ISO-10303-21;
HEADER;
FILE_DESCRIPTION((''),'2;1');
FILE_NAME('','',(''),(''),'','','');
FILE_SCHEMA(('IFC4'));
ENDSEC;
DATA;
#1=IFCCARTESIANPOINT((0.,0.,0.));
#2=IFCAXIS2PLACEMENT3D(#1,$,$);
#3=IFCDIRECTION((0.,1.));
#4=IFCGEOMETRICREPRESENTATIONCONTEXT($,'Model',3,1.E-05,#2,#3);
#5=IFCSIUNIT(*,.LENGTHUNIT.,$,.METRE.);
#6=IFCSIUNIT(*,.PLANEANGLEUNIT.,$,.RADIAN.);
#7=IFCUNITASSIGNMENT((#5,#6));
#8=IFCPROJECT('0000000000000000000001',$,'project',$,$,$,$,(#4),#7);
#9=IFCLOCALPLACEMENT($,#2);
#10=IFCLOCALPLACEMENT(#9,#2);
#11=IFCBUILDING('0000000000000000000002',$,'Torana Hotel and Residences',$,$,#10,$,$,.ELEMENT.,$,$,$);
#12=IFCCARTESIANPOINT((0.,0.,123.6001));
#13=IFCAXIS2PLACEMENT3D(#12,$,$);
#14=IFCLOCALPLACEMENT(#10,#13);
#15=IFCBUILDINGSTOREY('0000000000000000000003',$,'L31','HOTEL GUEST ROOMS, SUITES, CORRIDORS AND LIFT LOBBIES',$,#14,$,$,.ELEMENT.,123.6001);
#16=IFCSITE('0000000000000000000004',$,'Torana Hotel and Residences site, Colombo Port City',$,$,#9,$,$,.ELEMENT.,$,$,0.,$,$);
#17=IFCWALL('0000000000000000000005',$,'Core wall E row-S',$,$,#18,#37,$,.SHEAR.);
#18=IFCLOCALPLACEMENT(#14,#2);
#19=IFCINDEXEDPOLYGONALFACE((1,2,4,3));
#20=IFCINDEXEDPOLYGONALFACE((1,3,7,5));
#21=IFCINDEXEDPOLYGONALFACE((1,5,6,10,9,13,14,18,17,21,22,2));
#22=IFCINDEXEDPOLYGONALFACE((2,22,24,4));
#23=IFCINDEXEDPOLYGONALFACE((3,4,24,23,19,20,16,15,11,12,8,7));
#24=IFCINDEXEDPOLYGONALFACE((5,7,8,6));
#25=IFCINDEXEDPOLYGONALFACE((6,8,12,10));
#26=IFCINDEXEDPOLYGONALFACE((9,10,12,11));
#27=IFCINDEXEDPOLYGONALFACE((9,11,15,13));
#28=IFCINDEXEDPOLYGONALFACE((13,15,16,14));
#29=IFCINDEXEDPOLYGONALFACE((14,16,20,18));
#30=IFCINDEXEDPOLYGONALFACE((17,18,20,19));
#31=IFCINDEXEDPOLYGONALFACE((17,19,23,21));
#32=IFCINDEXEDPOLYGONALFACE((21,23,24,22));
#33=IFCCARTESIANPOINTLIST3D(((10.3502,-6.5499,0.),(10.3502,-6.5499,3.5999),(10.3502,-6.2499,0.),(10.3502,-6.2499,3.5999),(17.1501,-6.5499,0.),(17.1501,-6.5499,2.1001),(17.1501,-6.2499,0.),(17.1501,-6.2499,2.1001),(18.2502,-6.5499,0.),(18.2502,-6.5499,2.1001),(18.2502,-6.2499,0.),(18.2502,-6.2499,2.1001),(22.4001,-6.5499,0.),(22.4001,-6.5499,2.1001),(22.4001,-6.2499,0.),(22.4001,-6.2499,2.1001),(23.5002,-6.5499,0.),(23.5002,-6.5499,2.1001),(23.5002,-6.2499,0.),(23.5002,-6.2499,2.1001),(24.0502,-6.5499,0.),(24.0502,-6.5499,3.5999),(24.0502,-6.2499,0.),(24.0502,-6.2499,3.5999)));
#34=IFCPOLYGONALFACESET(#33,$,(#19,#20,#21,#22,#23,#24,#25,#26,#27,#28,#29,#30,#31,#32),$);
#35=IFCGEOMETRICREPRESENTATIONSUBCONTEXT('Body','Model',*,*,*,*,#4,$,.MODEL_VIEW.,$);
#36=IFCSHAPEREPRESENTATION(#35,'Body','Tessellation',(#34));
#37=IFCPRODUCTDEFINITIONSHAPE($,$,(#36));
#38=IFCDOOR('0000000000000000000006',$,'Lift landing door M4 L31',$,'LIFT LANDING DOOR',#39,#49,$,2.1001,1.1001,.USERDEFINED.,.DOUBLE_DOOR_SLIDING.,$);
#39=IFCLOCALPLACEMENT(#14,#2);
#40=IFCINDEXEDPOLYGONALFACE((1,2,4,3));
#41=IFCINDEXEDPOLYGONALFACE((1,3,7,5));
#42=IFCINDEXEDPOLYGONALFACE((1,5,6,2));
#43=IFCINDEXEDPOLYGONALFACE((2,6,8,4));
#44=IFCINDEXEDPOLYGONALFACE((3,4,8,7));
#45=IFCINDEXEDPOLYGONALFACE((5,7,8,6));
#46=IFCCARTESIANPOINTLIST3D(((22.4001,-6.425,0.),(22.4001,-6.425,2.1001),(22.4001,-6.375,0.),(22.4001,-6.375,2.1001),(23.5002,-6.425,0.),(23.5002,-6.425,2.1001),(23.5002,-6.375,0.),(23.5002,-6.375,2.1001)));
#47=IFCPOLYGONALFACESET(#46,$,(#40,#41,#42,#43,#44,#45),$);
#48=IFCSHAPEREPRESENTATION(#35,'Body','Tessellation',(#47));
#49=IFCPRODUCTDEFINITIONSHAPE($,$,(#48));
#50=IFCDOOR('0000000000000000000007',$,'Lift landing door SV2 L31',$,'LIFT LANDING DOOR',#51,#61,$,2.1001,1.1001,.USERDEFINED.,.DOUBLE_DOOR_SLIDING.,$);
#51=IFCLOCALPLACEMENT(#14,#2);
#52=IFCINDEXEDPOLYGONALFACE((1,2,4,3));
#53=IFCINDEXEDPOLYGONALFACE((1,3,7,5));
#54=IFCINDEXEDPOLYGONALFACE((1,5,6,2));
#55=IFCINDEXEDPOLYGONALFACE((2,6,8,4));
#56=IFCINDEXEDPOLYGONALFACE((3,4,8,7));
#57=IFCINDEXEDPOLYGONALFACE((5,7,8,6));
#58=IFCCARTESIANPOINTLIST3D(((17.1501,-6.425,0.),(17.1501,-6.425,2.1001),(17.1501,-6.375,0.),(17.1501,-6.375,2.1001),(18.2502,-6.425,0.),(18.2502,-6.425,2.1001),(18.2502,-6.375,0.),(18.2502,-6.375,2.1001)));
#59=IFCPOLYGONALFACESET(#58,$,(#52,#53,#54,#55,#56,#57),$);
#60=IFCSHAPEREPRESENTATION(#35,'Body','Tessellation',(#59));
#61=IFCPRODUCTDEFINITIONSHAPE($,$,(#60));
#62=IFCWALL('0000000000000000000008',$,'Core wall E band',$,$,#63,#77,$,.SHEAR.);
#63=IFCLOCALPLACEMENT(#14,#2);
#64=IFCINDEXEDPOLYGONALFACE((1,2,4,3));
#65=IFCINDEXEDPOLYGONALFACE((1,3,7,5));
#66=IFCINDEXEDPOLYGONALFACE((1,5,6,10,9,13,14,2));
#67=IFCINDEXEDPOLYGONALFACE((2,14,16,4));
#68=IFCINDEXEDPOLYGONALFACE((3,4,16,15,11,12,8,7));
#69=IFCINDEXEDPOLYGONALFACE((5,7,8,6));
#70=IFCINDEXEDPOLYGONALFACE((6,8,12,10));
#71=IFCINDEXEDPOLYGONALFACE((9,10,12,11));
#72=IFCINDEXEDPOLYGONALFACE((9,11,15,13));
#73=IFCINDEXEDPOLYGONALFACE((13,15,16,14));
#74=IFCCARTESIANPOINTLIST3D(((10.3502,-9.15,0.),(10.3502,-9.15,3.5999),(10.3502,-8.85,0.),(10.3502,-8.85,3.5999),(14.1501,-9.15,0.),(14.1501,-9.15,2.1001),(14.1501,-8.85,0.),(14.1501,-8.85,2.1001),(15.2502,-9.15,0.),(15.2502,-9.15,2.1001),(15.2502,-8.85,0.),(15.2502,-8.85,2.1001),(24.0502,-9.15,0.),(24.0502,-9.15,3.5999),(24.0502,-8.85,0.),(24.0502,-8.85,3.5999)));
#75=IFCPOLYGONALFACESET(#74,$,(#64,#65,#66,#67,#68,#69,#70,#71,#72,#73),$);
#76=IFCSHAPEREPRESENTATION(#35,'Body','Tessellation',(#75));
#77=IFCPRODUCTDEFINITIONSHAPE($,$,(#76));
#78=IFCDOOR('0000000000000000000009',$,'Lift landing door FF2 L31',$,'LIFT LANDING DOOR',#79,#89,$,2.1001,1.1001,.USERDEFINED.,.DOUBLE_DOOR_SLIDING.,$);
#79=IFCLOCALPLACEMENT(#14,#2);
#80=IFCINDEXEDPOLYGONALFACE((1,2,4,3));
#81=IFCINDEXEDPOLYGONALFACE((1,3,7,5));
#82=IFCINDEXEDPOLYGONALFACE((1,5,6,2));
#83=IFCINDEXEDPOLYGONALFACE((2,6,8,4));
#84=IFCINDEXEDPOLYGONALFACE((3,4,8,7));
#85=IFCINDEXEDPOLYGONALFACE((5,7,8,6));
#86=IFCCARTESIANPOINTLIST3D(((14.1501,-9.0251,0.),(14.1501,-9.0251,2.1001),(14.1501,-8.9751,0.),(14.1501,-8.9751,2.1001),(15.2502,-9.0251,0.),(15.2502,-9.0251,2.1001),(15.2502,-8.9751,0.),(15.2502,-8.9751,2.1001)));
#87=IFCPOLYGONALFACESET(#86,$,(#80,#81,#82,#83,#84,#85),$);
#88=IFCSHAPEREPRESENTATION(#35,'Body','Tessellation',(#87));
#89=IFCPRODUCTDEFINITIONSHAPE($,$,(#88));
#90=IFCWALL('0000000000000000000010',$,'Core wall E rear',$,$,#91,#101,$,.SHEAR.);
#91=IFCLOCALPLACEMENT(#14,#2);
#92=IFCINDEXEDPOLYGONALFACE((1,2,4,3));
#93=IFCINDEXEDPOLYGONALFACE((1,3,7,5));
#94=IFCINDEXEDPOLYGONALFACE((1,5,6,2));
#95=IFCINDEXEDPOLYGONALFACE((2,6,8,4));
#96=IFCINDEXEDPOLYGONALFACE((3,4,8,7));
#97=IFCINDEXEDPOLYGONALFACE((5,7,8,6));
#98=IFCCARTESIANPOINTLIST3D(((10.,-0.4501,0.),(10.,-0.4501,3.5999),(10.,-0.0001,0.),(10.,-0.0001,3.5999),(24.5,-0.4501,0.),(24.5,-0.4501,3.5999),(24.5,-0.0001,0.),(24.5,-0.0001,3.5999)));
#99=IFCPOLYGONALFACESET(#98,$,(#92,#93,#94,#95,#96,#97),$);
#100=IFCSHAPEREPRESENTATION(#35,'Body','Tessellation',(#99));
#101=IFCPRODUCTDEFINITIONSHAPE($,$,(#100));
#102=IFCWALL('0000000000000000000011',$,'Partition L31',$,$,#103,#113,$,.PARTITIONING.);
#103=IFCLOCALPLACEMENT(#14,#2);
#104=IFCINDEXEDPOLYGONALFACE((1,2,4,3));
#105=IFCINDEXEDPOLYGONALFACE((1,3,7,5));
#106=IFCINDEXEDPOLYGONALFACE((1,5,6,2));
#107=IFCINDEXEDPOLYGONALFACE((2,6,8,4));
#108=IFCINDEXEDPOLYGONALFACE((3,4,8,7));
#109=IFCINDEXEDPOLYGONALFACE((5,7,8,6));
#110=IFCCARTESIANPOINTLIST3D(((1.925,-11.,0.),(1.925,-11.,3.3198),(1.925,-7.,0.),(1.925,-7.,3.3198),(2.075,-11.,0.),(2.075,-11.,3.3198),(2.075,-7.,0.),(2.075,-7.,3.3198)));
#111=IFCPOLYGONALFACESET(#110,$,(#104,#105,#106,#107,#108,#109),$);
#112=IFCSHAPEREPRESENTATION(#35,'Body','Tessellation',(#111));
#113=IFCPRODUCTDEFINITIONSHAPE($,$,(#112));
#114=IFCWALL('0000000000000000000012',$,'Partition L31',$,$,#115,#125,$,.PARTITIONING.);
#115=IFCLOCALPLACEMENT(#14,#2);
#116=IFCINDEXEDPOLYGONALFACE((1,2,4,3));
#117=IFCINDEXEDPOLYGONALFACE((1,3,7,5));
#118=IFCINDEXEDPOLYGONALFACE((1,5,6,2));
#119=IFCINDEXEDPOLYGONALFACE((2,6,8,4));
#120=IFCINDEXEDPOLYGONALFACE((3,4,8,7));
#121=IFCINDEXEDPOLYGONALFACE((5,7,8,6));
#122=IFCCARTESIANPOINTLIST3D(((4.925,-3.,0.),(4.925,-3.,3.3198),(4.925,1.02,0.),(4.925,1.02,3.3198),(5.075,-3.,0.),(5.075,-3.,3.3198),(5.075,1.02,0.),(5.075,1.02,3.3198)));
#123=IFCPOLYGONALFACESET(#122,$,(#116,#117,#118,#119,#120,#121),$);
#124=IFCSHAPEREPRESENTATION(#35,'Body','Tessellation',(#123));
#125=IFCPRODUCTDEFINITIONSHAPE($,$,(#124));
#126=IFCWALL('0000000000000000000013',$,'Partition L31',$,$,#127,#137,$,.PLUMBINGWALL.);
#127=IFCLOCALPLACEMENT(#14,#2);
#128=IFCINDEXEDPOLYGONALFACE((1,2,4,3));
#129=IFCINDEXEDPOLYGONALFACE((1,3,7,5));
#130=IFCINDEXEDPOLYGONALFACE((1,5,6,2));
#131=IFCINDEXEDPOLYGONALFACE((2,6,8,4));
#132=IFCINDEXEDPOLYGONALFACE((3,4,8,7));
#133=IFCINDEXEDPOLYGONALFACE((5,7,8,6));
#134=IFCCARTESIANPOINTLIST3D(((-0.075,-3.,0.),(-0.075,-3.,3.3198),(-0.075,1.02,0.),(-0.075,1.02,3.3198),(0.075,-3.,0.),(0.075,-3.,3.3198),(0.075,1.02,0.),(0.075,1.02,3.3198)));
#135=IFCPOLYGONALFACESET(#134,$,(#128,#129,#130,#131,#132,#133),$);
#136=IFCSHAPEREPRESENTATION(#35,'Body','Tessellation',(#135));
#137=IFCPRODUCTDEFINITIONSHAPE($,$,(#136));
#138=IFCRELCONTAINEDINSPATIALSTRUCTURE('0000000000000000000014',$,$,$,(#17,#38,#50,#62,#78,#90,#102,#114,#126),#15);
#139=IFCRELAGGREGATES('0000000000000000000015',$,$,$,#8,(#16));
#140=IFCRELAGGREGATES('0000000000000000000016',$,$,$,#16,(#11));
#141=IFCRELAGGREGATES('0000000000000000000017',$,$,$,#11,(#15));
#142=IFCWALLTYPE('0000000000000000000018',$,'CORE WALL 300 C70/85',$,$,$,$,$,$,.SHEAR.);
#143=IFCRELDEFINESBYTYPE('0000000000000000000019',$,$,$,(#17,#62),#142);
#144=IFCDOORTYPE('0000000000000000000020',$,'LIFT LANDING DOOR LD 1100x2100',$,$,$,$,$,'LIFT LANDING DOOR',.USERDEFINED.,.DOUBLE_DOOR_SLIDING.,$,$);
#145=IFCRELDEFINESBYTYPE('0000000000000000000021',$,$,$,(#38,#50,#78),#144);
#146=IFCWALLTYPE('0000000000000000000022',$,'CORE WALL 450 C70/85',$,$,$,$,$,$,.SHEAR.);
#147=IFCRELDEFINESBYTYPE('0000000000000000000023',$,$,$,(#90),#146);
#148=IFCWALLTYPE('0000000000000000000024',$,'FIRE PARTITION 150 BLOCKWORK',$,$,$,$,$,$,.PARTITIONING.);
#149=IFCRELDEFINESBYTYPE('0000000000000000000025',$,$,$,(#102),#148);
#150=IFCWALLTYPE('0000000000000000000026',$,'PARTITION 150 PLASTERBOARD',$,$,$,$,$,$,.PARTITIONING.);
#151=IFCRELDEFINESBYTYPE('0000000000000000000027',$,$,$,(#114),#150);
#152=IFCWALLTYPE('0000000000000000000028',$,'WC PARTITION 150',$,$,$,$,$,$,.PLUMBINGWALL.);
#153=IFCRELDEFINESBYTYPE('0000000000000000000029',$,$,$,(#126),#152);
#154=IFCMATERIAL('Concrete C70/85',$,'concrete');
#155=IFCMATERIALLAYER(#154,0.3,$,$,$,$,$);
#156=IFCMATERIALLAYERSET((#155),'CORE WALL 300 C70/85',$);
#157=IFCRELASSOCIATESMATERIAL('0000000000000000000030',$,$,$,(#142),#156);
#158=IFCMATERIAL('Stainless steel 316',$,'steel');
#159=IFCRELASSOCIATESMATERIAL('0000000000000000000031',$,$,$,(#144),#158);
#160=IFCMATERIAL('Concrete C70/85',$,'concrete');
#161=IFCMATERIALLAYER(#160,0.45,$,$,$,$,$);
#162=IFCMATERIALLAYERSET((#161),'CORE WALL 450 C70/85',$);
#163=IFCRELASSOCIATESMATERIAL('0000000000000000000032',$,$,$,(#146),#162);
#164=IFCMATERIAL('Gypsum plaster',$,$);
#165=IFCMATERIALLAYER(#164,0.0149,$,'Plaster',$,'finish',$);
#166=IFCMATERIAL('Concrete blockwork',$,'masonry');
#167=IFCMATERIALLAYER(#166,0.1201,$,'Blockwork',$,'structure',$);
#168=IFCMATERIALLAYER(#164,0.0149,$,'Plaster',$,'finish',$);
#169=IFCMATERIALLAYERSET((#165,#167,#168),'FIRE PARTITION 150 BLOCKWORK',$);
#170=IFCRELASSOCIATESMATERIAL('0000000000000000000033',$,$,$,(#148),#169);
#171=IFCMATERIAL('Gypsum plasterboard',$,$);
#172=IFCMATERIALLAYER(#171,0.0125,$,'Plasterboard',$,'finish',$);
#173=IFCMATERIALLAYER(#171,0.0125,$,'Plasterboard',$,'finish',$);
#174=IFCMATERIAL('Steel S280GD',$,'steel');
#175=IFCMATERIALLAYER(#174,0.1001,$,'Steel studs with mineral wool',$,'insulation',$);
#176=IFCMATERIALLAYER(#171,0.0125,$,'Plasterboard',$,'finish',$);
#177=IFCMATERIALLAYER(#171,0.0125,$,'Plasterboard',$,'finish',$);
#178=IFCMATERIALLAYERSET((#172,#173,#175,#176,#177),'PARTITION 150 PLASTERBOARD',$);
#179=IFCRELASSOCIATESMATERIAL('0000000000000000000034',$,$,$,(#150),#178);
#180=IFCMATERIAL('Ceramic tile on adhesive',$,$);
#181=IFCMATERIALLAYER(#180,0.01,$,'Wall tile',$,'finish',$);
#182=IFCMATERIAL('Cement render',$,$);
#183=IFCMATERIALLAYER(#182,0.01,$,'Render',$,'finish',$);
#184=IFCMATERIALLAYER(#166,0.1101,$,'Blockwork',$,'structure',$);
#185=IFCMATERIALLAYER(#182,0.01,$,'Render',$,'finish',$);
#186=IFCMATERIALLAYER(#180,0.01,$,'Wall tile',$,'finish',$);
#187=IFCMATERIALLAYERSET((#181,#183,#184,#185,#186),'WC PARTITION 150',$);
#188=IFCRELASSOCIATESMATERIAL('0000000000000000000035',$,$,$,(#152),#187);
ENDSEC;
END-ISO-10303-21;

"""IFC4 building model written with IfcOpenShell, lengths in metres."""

from ifc_helpers import new_model, si_unit, direction, frame, frame_2d, origin, place, context, subcontext, project, spatial, rectangle, extrude, material, layer, layer_set, type_object, element, fill, save


model = new_model("IFC4")

# Units and contexts
model_context = context("Model", 3, precision=1e-05, world=origin(), true_north=direction((0.0, 1.0)))
body_context = subcontext(model_context, "Body", "Model", "MODEL_VIEW")
ifc_project = project(units=[si_unit("LENGTHUNIT", "METRE"), si_unit("PLANEANGLEUNIT", "RADIAN")], contexts=[model_context])

# Site, building, storey
site_placement = place(None, origin())
site = spatial("IfcSite", under=ifc_project, at=site_placement, Name="Torana Hotel and Residences site, Colombo Port City", CompositionType="ELEMENT", RefElevation=0.0)
building_placement = place(site_placement, origin())
building = spatial("IfcBuilding", under=site, at=building_placement, Name="Torana Hotel and Residences", CompositionType="ELEMENT")
storey_placement = place(building_placement, frame((0.0, 0.0, 123.6001)))
storey = spatial("IfcBuildingStorey", under=building, at=storey_placement, Name="L31", Description="HOTEL GUEST ROOMS, SUITES, CORRIDORS AND LIFT LOBBIES", CompositionType="ELEMENT", Elevation=123.6001)

# Wall, openings, doors
ifc_material_1 = material(Name="Concrete C70/85", Category="concrete")
ifc_layer_1 = layer(ifc_material_1, 0.3)
ifc_layer_set_1 = layer_set([ifc_layer_1], Name="CORE WALL 300 C70/85")
wall_type_1 = type_object("IfcWallType", Name="CORE WALL 300 C70/85", PredefinedType="SHEAR", material=ifc_layer_set_1)
ifc_material_2 = material(Name="Stainless steel 316", Category="steel")
door_type_1 = type_object("IfcDoorType", Name="LIFT LANDING DOOR LD 1100x2100", ElementType="LIFT LANDING DOOR", OperationType="DOUBLE_DOOR_SLIDING", PredefinedType="USERDEFINED", material=ifc_material_2)
wall_1_placement = place(storey_placement, frame((10.3501, -6.3999, 0.0), z_axis=(0.0, 0.0, 1.0), x_axis=(1.0, 0.0, 0.0)))
wall_1 = element("IfcWall", 1, at=wall_1_placement, inside=storey, type_object=wall_type_1, Name="Core wall E row-S", PredefinedType="SHEAR", context=body_context, shape_type="SweptSolid", body=[
    extrude(rectangle(XDim=13.7, YDim=0.3, at=frame_2d((6.8501, 0.0))), origin(), (0.0, 0.0, 1.0), 3.5999),
])
opening_1_placement = place(wall_1_placement, frame((12.05, 0.0, 0.0)))
opening_1 = element("IfcOpeningElement", 2, at=opening_1_placement, cuts=wall_1, PredefinedType="OPENING", context=body_context, shape_type="SweptSolid", body=[
    extrude(rectangle(XDim=1.1001, YDim=2.1001, at=frame_2d((0.55, 1.05))), frame((0.0, 0.1599, 0.0), z_axis=(0.0, -1.0, 0.0), x_axis=(1.0, 0.0, 0.0)), (0.0, 0.0, 1.0), 0.3201),
])
opening_2_placement = place(wall_1_placement, frame((6.8, 0.0, 0.0)))
opening_2 = element("IfcOpeningElement", 3, at=opening_2_placement, cuts=wall_1, PredefinedType="OPENING", context=body_context, shape_type="SweptSolid", body=[
    extrude(rectangle(XDim=1.1001, YDim=2.1001, at=frame_2d((0.55, 1.05))), frame((0.0, 0.1599, 0.0), z_axis=(0.0, -1.0, 0.0), x_axis=(1.0, 0.0, 0.0)), (0.0, 0.0, 1.0), 0.3201),
])
door_1_placement = place(opening_1_placement, origin())
door_1 = element("IfcDoor", 4, at=door_1_placement, inside=storey, type_object=door_type_1, Name="Lift landing door M4 L31", ObjectType="LIFT LANDING DOOR", OperationType="DOUBLE_DOOR_SLIDING", OverallHeight=2.1001, OverallWidth=1.1001, PredefinedType="USERDEFINED", context=body_context, shape_type="SweptSolid", body=[
    extrude(rectangle(XDim=1.1001, YDim=2.1001, at=frame_2d((0.55, 1.05))), frame((0.0, 0.0249, 0.0), z_axis=(0.0, -1.0, 0.0), x_axis=(1.0, 0.0, 0.0)), (0.0, 0.0, 1.0), 0.05),
])
fill(opening_1, door_1)
door_2_placement = place(opening_2_placement, origin())
door_2 = element("IfcDoor", 5, at=door_2_placement, inside=storey, type_object=door_type_1, Name="Lift landing door SV2 L31", ObjectType="LIFT LANDING DOOR", OperationType="DOUBLE_DOOR_SLIDING", OverallHeight=2.1001, OverallWidth=1.1001, PredefinedType="USERDEFINED", context=body_context, shape_type="SweptSolid", body=[
    extrude(rectangle(XDim=1.1001, YDim=2.1001, at=frame_2d((0.55, 1.05))), frame((0.0, 0.0249, 0.0), z_axis=(0.0, -1.0, 0.0), x_axis=(1.0, 0.0, 0.0)), (0.0, 0.0, 1.0), 0.05),
])
fill(opening_2, door_2)

# Wall, opening, door
wall_2_placement = place(storey_placement, frame((10.3501, -9.0, 0.0), z_axis=(0.0, 0.0, 1.0), x_axis=(1.0, 0.0, 0.0)))
wall_2 = element("IfcWall", 6, at=wall_2_placement, inside=storey, type_object=wall_type_1, Name="Core wall E band", PredefinedType="SHEAR", context=body_context, shape_type="SweptSolid", body=[
    extrude(rectangle(XDim=13.7, YDim=0.3, at=frame_2d((6.8501, 0.0))), origin(), (0.0, 0.0, 1.0), 3.5999),
])
opening_3_placement = place(wall_2_placement, frame((3.8, 0.0, 0.0)))
opening_3 = element("IfcOpeningElement", 7, at=opening_3_placement, cuts=wall_2, PredefinedType="OPENING", context=body_context, shape_type="SweptSolid", body=[
    extrude(rectangle(XDim=1.1001, YDim=2.1001, at=frame_2d((0.55, 1.05))), frame((0.0, 0.1599, 0.0), z_axis=(0.0, -1.0, 0.0), x_axis=(1.0, 0.0, 0.0)), (0.0, 0.0, 1.0), 0.3201),
])
door_3_placement = place(opening_3_placement, origin())
door_3 = element("IfcDoor", 8, at=door_3_placement, inside=storey, type_object=door_type_1, Name="Lift landing door FF2 L31", ObjectType="LIFT LANDING DOOR", OperationType="DOUBLE_DOOR_SLIDING", OverallHeight=2.1001, OverallWidth=1.1001, PredefinedType="USERDEFINED", context=body_context, shape_type="SweptSolid", body=[
    extrude(rectangle(XDim=1.1001, YDim=2.1001, at=frame_2d((0.55, 1.05))), frame((0.0, 0.0249, 0.0), z_axis=(0.0, -1.0, 0.0), x_axis=(1.0, 0.0, 0.0)), (0.0, 0.0, 1.0), 0.05),
])
fill(opening_3, door_3)

# Walls
ifc_material_3 = material(Name="Concrete C70/85", Category="concrete")
ifc_layer_2 = layer(ifc_material_3, 0.45)
ifc_layer_set_2 = layer_set([ifc_layer_2], Name="CORE WALL 450 C70/85")
wall_type_2 = type_object("IfcWallType", Name="CORE WALL 450 C70/85", PredefinedType="SHEAR", material=ifc_layer_set_2)
wall_3_placement = place(storey_placement, frame((10.0, -0.2251, 0.0), z_axis=(0.0, 0.0, 1.0), x_axis=(1.0, 0.0, 0.0)))
element("IfcWall", 9, at=wall_3_placement, inside=storey, type_object=wall_type_2, Name="Core wall E rear", PredefinedType="SHEAR", context=body_context, shape_type="SweptSolid", body=[
    extrude(rectangle(XDim=14.5, YDim=0.45, at=frame_2d((7.25, 0.0))), origin(), (0.0, 0.0, 1.0), 3.5999),
])
ifc_material_4 = material(Name="Gypsum plaster")
ifc_layer_3 = layer(ifc_material_4, 0.0149, Name="Plaster", Category="finish")
ifc_material_5 = material(Name="Concrete blockwork", Category="masonry")
ifc_layer_4 = layer(ifc_material_5, 0.1201, Name="Blockwork", Category="structure")
ifc_layer_5 = layer(ifc_material_4, 0.0149, Name="Plaster", Category="finish")
ifc_layer_set_3 = layer_set([ifc_layer_3, ifc_layer_4, ifc_layer_5], Name="FIRE PARTITION 150 BLOCKWORK")
wall_type_3 = type_object("IfcWallType", Name="FIRE PARTITION 150 BLOCKWORK", PredefinedType="PARTITIONING", material=ifc_layer_set_3)
wall_4_placement = place(storey_placement, frame((2.0, -11.0, 0.0), z_axis=(0.0, 0.0, 1.0), x_axis=(0.0, 1.0, 0.0)))
element("IfcWall", 10, at=wall_4_placement, inside=storey, type_object=wall_type_3, Name="Partition L31", PredefinedType="PARTITIONING", context=body_context, shape_type="SweptSolid", body=[
    extrude(rectangle(XDim=4.0, YDim=0.1499, at=frame_2d((2.0, 0.0))), origin(), (0.0, 0.0, 1.0), 3.3198),
])
ifc_material_6 = material(Name="Gypsum plasterboard")
ifc_layer_6 = layer(ifc_material_6, 0.0125, Name="Plasterboard", Category="finish")
ifc_layer_7 = layer(ifc_material_6, 0.0125, Name="Plasterboard", Category="finish")
ifc_material_7 = material(Name="Steel S280GD", Category="steel")
ifc_layer_8 = layer(ifc_material_7, 0.1001, Name="Steel studs with mineral wool", Category="insulation")
ifc_layer_9 = layer(ifc_material_6, 0.0125, Name="Plasterboard", Category="finish")
ifc_layer_10 = layer(ifc_material_6, 0.0125, Name="Plasterboard", Category="finish")
ifc_layer_set_4 = layer_set([ifc_layer_6, ifc_layer_7, ifc_layer_8, ifc_layer_9, ifc_layer_10], Name="PARTITION 150 PLASTERBOARD")
wall_type_4 = type_object("IfcWallType", Name="PARTITION 150 PLASTERBOARD", PredefinedType="PARTITIONING", material=ifc_layer_set_4)
wall_5_placement = place(storey_placement, frame((5.0, -3.0, 0.0), z_axis=(0.0, 0.0, 1.0), x_axis=(0.0, 1.0, 0.0)))
element("IfcWall", 11, at=wall_5_placement, inside=storey, type_object=wall_type_4, Name="Partition L31", PredefinedType="PARTITIONING", context=body_context, shape_type="SweptSolid", body=[
    extrude(rectangle(XDim=4.02, YDim=0.1499, at=frame_2d((2.01, 0.0))), origin(), (0.0, 0.0, 1.0), 3.3198),
])
ifc_material_8 = material(Name="Ceramic tile on adhesive")
ifc_layer_11 = layer(ifc_material_8, 0.01, Name="Wall tile", Category="finish")
ifc_material_9 = material(Name="Cement render")
ifc_layer_12 = layer(ifc_material_9, 0.01, Name="Render", Category="finish")
ifc_layer_13 = layer(ifc_material_5, 0.1101, Name="Blockwork", Category="structure")
ifc_layer_14 = layer(ifc_material_9, 0.01, Name="Render", Category="finish")
ifc_layer_15 = layer(ifc_material_8, 0.01, Name="Wall tile", Category="finish")
ifc_layer_set_5 = layer_set([ifc_layer_11, ifc_layer_12, ifc_layer_13, ifc_layer_14, ifc_layer_15], Name="WC PARTITION 150")
wall_type_5 = type_object("IfcWallType", Name="WC PARTITION 150", PredefinedType="PLUMBINGWALL", material=ifc_layer_set_5)
wall_6_placement = place(storey_placement, frame((0.0, -3.0, 0.0), z_axis=(0.0, 0.0, 1.0), x_axis=(0.0, 1.0, 0.0)))
element("IfcWall", 12, at=wall_6_placement, inside=storey, type_object=wall_type_5, Name="Partition L31", PredefinedType="PLUMBINGWALL", context=body_context, shape_type="SweptSolid", body=[
    extrude(rectangle(XDim=4.02, YDim=0.1499, at=frame_2d((2.01, 0.0))), origin(), (0.0, 0.0, 1.0), 3.3198),
])

save(model, "model.ifc")
